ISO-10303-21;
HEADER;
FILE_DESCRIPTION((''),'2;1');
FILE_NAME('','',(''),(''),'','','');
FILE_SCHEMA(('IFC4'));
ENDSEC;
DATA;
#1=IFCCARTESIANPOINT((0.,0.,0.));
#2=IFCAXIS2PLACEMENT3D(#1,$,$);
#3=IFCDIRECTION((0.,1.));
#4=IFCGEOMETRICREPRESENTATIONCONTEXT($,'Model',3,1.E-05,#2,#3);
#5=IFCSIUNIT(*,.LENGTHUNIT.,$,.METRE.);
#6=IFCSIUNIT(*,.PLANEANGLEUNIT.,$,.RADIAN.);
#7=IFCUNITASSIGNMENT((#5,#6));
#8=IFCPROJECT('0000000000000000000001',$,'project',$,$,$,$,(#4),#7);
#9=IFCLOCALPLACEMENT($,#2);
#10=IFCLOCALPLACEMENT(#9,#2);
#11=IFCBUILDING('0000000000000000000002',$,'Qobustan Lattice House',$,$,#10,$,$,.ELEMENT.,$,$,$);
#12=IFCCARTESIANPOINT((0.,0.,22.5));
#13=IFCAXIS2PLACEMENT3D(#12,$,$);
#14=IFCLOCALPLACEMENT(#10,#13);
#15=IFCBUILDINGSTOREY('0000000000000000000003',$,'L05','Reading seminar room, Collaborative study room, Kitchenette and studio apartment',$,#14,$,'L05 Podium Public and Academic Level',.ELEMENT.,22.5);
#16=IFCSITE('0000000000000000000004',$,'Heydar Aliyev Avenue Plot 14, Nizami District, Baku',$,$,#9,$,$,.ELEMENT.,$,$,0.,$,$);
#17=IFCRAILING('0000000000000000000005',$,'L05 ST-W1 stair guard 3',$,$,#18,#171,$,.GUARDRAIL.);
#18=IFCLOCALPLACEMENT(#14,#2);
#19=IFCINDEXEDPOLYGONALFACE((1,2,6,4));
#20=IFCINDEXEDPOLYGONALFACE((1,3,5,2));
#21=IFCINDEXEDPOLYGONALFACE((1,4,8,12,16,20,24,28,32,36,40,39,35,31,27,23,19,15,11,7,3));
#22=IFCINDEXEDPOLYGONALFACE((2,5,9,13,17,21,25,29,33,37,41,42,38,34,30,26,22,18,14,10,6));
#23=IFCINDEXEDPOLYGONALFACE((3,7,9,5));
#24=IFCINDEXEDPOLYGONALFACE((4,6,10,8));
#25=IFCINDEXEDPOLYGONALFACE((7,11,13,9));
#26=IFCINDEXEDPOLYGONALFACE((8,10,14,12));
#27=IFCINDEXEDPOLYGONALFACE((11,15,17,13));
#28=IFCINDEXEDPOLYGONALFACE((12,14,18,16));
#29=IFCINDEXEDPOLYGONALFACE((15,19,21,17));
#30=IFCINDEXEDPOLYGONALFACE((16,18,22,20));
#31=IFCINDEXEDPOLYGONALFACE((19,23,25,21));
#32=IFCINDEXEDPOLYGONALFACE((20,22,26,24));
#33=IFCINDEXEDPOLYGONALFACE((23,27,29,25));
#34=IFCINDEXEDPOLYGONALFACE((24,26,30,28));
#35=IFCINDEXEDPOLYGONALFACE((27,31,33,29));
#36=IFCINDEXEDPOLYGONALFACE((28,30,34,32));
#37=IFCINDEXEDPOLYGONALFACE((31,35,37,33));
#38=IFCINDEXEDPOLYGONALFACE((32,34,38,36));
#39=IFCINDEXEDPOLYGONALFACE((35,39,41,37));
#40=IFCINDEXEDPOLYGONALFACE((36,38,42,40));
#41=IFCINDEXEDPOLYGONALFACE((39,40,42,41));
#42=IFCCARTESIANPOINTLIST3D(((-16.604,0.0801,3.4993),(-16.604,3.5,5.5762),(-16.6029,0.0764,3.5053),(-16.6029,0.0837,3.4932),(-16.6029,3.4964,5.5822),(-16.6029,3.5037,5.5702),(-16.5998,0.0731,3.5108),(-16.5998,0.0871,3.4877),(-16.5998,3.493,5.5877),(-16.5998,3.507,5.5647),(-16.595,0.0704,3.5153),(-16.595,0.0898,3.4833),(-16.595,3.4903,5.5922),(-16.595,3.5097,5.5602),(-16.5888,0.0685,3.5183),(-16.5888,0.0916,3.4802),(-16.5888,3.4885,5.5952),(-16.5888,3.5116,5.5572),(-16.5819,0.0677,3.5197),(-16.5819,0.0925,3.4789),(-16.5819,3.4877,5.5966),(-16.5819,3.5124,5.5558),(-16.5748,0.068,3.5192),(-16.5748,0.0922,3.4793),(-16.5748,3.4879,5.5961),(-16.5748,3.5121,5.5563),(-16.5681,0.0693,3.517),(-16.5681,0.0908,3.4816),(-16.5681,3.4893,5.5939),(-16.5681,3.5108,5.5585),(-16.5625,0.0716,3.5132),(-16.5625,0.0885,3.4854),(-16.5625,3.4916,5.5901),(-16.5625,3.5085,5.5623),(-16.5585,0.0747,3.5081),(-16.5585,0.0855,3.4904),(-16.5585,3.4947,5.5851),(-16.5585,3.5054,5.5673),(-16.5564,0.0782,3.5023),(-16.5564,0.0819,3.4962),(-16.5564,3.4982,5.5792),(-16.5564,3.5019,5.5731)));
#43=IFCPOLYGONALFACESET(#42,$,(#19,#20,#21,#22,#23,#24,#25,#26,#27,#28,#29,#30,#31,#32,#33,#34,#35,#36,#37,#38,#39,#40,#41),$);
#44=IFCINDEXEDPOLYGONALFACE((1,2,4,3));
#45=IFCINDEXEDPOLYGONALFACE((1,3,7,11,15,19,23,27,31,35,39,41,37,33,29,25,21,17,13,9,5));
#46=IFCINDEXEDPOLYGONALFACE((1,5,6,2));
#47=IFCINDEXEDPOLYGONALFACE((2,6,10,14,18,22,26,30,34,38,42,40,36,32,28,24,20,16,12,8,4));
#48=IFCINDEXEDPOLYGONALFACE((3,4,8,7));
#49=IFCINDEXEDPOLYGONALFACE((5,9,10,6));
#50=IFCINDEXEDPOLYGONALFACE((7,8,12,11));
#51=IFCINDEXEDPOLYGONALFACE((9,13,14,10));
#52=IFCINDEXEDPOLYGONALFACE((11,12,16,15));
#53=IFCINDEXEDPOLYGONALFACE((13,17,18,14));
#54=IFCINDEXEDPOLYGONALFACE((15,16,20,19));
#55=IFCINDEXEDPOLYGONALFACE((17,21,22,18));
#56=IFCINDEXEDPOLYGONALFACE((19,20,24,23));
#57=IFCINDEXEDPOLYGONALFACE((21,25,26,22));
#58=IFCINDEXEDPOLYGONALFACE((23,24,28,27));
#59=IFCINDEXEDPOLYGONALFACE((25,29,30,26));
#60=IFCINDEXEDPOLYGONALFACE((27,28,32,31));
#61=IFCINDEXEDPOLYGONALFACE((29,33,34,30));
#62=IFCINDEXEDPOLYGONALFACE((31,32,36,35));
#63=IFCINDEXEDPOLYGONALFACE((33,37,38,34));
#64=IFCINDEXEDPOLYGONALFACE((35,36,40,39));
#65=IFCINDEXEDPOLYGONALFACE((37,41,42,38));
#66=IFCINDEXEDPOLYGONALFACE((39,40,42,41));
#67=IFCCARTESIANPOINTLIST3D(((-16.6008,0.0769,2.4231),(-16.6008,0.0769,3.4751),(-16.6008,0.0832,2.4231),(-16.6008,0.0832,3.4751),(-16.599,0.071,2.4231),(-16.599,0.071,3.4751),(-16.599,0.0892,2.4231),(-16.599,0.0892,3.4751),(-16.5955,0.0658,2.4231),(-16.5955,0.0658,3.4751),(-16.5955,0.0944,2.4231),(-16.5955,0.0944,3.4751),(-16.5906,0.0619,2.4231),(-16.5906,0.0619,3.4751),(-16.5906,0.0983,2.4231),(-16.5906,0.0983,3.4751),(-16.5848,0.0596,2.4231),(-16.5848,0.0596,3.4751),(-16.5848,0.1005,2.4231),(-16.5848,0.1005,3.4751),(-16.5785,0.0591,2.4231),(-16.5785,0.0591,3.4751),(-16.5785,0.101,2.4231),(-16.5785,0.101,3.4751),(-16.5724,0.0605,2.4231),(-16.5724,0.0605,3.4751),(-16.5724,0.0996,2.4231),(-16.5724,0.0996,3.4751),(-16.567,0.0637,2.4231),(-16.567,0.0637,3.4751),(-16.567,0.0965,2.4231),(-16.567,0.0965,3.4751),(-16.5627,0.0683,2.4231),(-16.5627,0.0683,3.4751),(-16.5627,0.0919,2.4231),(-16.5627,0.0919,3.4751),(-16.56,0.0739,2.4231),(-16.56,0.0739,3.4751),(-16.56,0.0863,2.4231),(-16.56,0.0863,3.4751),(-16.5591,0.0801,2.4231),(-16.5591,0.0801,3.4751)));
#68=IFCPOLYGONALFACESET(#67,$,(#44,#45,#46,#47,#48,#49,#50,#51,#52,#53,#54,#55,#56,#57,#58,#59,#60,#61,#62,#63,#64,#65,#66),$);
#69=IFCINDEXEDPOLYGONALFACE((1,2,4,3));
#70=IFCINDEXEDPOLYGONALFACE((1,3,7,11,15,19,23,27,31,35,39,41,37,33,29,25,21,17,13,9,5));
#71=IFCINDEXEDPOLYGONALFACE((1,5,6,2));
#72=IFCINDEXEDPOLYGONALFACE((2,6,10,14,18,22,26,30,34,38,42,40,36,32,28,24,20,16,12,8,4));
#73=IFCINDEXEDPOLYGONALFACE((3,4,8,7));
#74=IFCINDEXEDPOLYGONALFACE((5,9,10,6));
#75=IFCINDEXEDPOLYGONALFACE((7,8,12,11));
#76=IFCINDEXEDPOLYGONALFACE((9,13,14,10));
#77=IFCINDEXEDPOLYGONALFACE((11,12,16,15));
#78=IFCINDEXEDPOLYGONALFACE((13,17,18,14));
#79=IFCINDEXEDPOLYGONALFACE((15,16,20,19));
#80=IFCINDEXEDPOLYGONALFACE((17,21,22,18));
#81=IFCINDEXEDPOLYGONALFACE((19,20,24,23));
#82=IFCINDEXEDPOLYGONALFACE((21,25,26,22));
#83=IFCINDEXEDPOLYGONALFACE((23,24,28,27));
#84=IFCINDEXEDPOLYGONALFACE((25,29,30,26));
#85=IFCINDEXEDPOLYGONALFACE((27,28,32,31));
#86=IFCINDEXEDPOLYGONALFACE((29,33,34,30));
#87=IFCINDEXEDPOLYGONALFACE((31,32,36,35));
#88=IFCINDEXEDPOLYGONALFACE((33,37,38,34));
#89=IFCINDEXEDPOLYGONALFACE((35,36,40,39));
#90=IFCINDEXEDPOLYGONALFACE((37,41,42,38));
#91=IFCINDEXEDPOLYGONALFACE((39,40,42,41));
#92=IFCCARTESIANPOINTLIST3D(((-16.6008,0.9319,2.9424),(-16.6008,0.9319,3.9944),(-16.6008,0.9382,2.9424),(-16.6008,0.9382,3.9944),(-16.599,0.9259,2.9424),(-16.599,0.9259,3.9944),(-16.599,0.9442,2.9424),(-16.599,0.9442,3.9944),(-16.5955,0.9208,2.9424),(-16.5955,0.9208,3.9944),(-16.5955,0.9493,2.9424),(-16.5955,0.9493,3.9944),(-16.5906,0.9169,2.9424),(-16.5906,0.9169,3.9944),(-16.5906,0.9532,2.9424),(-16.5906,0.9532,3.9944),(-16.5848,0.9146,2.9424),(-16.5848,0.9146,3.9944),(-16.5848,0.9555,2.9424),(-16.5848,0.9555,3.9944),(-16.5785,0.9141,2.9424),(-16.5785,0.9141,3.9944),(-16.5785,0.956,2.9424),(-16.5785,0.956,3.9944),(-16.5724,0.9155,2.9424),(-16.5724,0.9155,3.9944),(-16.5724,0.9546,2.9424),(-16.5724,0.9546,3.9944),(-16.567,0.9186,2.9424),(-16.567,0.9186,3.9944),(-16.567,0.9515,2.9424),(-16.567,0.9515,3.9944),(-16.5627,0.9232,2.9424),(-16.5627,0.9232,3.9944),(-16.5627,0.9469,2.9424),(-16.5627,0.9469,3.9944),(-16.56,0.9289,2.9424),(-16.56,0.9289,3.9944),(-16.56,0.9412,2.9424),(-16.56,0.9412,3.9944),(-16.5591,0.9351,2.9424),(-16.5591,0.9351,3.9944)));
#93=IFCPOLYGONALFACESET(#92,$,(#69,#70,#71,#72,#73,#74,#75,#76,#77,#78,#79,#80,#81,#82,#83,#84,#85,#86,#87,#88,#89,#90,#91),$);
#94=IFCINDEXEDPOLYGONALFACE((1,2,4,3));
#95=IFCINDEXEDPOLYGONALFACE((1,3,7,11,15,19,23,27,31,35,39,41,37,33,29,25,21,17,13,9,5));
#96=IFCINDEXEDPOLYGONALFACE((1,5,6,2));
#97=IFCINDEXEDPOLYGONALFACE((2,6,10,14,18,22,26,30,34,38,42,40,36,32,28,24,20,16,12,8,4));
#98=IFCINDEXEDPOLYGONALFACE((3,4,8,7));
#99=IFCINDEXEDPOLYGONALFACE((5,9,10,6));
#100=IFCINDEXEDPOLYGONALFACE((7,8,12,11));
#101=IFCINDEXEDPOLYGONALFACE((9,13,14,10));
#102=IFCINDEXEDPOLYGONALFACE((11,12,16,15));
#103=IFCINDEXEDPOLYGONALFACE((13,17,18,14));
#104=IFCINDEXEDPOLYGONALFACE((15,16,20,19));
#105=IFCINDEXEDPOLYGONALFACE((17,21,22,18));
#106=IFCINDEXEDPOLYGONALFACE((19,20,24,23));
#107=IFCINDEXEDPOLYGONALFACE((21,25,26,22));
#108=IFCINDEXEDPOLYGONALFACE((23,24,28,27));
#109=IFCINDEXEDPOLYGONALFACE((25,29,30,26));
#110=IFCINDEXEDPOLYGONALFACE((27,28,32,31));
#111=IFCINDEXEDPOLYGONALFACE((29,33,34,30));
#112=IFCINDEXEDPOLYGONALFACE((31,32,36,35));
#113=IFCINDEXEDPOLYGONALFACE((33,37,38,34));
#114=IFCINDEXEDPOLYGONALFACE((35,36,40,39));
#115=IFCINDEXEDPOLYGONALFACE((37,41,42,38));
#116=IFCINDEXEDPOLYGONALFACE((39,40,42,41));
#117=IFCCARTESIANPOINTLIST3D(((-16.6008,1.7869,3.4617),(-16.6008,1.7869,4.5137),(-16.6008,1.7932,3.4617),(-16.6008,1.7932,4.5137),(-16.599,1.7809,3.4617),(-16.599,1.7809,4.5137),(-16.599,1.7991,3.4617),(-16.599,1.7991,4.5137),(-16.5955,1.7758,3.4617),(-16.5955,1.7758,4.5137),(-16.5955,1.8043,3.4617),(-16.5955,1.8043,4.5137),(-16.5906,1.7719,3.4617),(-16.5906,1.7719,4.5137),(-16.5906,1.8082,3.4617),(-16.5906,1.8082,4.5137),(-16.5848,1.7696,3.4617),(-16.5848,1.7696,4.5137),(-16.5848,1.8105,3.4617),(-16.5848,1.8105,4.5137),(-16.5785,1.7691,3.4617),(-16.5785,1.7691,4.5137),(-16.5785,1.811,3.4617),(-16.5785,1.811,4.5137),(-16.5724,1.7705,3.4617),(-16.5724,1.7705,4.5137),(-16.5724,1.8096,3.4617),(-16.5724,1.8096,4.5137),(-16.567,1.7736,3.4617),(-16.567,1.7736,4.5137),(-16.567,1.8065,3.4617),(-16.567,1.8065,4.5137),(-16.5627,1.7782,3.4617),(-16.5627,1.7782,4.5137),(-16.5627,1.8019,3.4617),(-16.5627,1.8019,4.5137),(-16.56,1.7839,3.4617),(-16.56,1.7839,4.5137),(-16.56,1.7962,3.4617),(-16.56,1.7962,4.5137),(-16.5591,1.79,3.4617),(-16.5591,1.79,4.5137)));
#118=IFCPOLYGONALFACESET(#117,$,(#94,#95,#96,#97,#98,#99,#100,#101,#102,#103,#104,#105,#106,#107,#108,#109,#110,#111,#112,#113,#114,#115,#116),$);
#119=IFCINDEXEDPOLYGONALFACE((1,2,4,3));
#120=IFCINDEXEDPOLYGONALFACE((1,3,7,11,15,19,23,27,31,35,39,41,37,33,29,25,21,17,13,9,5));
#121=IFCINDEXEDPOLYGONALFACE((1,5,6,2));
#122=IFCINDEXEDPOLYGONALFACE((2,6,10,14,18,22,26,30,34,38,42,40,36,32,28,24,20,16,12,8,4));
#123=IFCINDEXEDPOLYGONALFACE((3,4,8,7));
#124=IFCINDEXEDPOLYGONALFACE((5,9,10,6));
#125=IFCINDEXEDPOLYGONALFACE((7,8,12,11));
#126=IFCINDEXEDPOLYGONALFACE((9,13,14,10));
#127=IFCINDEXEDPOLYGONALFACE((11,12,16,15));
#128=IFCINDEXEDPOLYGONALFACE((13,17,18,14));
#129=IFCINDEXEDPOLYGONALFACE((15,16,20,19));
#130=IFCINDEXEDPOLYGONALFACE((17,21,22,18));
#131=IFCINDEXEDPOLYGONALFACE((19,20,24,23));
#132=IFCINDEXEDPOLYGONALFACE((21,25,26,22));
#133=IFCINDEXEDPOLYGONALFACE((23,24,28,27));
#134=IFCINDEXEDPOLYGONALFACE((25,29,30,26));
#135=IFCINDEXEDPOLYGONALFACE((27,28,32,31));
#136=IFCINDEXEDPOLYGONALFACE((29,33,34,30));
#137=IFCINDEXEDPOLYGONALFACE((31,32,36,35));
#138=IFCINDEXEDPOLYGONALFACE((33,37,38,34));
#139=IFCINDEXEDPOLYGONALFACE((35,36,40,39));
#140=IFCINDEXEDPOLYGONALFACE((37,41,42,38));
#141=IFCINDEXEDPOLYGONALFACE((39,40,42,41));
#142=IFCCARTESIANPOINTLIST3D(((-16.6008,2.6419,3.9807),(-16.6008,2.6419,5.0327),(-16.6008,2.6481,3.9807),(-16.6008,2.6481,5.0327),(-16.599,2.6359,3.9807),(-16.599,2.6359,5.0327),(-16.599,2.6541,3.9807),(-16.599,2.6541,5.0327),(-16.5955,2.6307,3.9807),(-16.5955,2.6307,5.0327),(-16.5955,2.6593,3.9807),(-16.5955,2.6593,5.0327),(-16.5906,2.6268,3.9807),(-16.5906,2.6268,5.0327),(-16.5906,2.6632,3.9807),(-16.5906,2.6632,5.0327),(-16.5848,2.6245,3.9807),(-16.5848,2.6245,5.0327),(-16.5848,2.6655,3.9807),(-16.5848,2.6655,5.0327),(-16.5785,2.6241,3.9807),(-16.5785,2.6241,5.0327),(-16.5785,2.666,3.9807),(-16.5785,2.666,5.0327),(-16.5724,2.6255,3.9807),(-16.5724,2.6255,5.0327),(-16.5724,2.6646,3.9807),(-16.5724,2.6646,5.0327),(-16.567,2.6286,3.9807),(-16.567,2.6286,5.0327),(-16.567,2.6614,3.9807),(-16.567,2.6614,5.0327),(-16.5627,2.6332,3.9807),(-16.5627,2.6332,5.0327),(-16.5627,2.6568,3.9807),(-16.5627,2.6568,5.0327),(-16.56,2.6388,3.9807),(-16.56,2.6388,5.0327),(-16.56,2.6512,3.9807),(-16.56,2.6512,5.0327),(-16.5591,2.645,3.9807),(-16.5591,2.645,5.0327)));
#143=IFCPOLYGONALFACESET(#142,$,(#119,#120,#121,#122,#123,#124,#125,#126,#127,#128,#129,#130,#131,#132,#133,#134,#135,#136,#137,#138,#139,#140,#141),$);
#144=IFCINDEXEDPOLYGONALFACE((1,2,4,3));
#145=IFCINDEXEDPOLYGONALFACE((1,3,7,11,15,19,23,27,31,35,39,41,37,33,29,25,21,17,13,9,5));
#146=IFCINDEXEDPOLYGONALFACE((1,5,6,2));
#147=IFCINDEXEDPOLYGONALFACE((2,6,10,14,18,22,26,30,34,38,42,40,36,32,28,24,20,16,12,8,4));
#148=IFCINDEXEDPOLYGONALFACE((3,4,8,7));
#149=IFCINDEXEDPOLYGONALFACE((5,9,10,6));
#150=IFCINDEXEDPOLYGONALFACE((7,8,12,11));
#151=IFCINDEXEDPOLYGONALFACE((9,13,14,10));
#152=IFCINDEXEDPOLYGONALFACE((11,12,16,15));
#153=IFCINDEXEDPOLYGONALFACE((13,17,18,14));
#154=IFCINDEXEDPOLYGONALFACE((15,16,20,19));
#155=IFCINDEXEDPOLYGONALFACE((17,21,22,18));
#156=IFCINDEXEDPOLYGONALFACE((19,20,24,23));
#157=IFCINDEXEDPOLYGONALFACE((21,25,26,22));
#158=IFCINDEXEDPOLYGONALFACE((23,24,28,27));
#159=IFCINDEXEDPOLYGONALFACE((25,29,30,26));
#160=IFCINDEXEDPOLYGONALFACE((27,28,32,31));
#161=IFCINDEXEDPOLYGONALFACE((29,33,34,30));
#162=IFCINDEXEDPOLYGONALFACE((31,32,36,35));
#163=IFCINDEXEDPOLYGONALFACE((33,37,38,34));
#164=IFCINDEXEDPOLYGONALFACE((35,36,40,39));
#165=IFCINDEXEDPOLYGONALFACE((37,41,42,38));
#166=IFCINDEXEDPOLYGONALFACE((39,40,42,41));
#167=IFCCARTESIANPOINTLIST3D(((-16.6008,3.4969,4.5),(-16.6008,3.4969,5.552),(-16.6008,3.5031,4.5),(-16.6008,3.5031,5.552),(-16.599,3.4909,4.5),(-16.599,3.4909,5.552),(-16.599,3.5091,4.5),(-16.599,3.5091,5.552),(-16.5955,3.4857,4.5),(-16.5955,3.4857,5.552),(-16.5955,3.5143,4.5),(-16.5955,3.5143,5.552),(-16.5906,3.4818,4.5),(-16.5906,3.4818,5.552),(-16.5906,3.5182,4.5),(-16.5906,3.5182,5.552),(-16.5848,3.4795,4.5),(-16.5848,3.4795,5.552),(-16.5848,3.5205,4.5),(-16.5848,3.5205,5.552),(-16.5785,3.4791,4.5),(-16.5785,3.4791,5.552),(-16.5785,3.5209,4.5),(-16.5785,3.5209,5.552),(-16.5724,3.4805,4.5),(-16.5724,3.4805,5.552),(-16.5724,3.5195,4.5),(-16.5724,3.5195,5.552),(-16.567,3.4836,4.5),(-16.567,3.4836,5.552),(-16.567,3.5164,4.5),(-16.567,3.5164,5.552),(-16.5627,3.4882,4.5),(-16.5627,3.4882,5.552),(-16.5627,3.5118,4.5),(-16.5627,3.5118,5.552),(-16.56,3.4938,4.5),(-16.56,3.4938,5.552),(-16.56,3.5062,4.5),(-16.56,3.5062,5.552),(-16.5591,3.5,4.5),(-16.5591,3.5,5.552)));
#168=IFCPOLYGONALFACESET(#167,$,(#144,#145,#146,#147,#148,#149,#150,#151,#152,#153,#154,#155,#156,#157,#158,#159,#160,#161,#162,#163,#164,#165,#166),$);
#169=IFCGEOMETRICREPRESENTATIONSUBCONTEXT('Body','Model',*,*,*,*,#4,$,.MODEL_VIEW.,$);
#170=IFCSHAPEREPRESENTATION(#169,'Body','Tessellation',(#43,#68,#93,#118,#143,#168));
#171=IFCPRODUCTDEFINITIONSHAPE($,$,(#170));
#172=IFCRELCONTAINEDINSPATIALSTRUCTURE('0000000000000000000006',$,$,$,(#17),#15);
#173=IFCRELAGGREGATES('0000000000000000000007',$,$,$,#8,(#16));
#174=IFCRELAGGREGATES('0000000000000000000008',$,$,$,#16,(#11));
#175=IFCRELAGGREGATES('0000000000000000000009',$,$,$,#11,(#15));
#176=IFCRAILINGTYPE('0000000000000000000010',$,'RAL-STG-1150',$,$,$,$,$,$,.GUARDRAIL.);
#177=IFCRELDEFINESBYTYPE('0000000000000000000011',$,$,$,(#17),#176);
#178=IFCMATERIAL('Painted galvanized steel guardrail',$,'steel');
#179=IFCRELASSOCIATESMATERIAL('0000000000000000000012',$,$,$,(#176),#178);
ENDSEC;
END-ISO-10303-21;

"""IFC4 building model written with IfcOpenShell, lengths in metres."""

from ifc_helpers import new_model, si_unit, direction, frame, origin, origin_2d, place, context, subcontext, project, spatial, circle, extrude, material, type_object, element, save


model = new_model("IFC4")

# Units and contexts
model_context = context("Model", 3, precision=1e-05, world=origin(), true_north=direction((0.0, 1.0)))
body_context = subcontext(model_context, "Body", "Model", "MODEL_VIEW")
ifc_project = project(units=[si_unit("LENGTHUNIT", "METRE"), si_unit("PLANEANGLEUNIT", "RADIAN")], contexts=[model_context])

# Site, building, storey
site_placement = place(None, origin())
site = spatial("IfcSite", under=ifc_project, at=site_placement, Name="Heydar Aliyev Avenue Plot 14, Nizami District, Baku", CompositionType="ELEMENT", RefElevation=0.0)
building_placement = place(site_placement, origin())
building = spatial("IfcBuilding", under=site, at=building_placement, Name="Qobustan Lattice House", CompositionType="ELEMENT")
storey_placement = place(building_placement, frame((0.0, 0.0, 22.5)))
storey = spatial("IfcBuildingStorey", under=building, at=storey_placement, Name="L05", Description="Reading seminar room, Collaborative study room, Kitchenette and studio apartment", LongName="L05 Podium Public and Academic Level", CompositionType="ELEMENT", Elevation=22.5)

# Railing
ifc_material_1 = material(Name="Painted galvanized steel guardrail", Category="steel")
railing_type_1 = type_object("IfcRailingType", Name="RAL-STG-1150", PredefinedType="GUARDRAIL", material=ifc_material_1)
railing_1_placement = place(storey_placement, frame((-16.5801, 0.0801, 2.4231)))
element("IfcRailing", 1, at=railing_1_placement, inside=storey, type_object=railing_type_1, Name="L05 ST-W1 stair guard 3", PredefinedType="GUARDRAIL", context=body_context, shape_type="SweptSolid", body=[
    extrude(circle(Radius=0.0239, at=origin_2d()), frame((0.0, 0.0, 1.0762), z_axis=(0.0, 0.85473, 0.519074), x_axis=(-1.0, 0.0, 0.0)), (0.0, 0.0, 1.0), 4.0012),
    extrude(circle(Radius=0.021, at=origin_2d()), origin(), (0.0, 0.0, 1.0), 1.052),
    extrude(circle(Radius=0.021, at=origin_2d()), frame((0.0, 0.855, 0.5193)), (0.0, 0.0, 1.0), 1.052),
    extrude(circle(Radius=0.021, at=origin_2d()), frame((0.0, 1.71, 1.0386)), (0.0, 0.0, 1.0), 1.052),
    extrude(circle(Radius=0.021, at=origin_2d()), frame((0.0, 2.5649, 1.5576)), (0.0, 0.0, 1.0), 1.052),
    extrude(circle(Radius=0.021, at=origin_2d()), frame((0.0, 3.4199, 2.0769)), (0.0, 0.0, 1.0), 1.052),
])

save(model, "model.ifc")
